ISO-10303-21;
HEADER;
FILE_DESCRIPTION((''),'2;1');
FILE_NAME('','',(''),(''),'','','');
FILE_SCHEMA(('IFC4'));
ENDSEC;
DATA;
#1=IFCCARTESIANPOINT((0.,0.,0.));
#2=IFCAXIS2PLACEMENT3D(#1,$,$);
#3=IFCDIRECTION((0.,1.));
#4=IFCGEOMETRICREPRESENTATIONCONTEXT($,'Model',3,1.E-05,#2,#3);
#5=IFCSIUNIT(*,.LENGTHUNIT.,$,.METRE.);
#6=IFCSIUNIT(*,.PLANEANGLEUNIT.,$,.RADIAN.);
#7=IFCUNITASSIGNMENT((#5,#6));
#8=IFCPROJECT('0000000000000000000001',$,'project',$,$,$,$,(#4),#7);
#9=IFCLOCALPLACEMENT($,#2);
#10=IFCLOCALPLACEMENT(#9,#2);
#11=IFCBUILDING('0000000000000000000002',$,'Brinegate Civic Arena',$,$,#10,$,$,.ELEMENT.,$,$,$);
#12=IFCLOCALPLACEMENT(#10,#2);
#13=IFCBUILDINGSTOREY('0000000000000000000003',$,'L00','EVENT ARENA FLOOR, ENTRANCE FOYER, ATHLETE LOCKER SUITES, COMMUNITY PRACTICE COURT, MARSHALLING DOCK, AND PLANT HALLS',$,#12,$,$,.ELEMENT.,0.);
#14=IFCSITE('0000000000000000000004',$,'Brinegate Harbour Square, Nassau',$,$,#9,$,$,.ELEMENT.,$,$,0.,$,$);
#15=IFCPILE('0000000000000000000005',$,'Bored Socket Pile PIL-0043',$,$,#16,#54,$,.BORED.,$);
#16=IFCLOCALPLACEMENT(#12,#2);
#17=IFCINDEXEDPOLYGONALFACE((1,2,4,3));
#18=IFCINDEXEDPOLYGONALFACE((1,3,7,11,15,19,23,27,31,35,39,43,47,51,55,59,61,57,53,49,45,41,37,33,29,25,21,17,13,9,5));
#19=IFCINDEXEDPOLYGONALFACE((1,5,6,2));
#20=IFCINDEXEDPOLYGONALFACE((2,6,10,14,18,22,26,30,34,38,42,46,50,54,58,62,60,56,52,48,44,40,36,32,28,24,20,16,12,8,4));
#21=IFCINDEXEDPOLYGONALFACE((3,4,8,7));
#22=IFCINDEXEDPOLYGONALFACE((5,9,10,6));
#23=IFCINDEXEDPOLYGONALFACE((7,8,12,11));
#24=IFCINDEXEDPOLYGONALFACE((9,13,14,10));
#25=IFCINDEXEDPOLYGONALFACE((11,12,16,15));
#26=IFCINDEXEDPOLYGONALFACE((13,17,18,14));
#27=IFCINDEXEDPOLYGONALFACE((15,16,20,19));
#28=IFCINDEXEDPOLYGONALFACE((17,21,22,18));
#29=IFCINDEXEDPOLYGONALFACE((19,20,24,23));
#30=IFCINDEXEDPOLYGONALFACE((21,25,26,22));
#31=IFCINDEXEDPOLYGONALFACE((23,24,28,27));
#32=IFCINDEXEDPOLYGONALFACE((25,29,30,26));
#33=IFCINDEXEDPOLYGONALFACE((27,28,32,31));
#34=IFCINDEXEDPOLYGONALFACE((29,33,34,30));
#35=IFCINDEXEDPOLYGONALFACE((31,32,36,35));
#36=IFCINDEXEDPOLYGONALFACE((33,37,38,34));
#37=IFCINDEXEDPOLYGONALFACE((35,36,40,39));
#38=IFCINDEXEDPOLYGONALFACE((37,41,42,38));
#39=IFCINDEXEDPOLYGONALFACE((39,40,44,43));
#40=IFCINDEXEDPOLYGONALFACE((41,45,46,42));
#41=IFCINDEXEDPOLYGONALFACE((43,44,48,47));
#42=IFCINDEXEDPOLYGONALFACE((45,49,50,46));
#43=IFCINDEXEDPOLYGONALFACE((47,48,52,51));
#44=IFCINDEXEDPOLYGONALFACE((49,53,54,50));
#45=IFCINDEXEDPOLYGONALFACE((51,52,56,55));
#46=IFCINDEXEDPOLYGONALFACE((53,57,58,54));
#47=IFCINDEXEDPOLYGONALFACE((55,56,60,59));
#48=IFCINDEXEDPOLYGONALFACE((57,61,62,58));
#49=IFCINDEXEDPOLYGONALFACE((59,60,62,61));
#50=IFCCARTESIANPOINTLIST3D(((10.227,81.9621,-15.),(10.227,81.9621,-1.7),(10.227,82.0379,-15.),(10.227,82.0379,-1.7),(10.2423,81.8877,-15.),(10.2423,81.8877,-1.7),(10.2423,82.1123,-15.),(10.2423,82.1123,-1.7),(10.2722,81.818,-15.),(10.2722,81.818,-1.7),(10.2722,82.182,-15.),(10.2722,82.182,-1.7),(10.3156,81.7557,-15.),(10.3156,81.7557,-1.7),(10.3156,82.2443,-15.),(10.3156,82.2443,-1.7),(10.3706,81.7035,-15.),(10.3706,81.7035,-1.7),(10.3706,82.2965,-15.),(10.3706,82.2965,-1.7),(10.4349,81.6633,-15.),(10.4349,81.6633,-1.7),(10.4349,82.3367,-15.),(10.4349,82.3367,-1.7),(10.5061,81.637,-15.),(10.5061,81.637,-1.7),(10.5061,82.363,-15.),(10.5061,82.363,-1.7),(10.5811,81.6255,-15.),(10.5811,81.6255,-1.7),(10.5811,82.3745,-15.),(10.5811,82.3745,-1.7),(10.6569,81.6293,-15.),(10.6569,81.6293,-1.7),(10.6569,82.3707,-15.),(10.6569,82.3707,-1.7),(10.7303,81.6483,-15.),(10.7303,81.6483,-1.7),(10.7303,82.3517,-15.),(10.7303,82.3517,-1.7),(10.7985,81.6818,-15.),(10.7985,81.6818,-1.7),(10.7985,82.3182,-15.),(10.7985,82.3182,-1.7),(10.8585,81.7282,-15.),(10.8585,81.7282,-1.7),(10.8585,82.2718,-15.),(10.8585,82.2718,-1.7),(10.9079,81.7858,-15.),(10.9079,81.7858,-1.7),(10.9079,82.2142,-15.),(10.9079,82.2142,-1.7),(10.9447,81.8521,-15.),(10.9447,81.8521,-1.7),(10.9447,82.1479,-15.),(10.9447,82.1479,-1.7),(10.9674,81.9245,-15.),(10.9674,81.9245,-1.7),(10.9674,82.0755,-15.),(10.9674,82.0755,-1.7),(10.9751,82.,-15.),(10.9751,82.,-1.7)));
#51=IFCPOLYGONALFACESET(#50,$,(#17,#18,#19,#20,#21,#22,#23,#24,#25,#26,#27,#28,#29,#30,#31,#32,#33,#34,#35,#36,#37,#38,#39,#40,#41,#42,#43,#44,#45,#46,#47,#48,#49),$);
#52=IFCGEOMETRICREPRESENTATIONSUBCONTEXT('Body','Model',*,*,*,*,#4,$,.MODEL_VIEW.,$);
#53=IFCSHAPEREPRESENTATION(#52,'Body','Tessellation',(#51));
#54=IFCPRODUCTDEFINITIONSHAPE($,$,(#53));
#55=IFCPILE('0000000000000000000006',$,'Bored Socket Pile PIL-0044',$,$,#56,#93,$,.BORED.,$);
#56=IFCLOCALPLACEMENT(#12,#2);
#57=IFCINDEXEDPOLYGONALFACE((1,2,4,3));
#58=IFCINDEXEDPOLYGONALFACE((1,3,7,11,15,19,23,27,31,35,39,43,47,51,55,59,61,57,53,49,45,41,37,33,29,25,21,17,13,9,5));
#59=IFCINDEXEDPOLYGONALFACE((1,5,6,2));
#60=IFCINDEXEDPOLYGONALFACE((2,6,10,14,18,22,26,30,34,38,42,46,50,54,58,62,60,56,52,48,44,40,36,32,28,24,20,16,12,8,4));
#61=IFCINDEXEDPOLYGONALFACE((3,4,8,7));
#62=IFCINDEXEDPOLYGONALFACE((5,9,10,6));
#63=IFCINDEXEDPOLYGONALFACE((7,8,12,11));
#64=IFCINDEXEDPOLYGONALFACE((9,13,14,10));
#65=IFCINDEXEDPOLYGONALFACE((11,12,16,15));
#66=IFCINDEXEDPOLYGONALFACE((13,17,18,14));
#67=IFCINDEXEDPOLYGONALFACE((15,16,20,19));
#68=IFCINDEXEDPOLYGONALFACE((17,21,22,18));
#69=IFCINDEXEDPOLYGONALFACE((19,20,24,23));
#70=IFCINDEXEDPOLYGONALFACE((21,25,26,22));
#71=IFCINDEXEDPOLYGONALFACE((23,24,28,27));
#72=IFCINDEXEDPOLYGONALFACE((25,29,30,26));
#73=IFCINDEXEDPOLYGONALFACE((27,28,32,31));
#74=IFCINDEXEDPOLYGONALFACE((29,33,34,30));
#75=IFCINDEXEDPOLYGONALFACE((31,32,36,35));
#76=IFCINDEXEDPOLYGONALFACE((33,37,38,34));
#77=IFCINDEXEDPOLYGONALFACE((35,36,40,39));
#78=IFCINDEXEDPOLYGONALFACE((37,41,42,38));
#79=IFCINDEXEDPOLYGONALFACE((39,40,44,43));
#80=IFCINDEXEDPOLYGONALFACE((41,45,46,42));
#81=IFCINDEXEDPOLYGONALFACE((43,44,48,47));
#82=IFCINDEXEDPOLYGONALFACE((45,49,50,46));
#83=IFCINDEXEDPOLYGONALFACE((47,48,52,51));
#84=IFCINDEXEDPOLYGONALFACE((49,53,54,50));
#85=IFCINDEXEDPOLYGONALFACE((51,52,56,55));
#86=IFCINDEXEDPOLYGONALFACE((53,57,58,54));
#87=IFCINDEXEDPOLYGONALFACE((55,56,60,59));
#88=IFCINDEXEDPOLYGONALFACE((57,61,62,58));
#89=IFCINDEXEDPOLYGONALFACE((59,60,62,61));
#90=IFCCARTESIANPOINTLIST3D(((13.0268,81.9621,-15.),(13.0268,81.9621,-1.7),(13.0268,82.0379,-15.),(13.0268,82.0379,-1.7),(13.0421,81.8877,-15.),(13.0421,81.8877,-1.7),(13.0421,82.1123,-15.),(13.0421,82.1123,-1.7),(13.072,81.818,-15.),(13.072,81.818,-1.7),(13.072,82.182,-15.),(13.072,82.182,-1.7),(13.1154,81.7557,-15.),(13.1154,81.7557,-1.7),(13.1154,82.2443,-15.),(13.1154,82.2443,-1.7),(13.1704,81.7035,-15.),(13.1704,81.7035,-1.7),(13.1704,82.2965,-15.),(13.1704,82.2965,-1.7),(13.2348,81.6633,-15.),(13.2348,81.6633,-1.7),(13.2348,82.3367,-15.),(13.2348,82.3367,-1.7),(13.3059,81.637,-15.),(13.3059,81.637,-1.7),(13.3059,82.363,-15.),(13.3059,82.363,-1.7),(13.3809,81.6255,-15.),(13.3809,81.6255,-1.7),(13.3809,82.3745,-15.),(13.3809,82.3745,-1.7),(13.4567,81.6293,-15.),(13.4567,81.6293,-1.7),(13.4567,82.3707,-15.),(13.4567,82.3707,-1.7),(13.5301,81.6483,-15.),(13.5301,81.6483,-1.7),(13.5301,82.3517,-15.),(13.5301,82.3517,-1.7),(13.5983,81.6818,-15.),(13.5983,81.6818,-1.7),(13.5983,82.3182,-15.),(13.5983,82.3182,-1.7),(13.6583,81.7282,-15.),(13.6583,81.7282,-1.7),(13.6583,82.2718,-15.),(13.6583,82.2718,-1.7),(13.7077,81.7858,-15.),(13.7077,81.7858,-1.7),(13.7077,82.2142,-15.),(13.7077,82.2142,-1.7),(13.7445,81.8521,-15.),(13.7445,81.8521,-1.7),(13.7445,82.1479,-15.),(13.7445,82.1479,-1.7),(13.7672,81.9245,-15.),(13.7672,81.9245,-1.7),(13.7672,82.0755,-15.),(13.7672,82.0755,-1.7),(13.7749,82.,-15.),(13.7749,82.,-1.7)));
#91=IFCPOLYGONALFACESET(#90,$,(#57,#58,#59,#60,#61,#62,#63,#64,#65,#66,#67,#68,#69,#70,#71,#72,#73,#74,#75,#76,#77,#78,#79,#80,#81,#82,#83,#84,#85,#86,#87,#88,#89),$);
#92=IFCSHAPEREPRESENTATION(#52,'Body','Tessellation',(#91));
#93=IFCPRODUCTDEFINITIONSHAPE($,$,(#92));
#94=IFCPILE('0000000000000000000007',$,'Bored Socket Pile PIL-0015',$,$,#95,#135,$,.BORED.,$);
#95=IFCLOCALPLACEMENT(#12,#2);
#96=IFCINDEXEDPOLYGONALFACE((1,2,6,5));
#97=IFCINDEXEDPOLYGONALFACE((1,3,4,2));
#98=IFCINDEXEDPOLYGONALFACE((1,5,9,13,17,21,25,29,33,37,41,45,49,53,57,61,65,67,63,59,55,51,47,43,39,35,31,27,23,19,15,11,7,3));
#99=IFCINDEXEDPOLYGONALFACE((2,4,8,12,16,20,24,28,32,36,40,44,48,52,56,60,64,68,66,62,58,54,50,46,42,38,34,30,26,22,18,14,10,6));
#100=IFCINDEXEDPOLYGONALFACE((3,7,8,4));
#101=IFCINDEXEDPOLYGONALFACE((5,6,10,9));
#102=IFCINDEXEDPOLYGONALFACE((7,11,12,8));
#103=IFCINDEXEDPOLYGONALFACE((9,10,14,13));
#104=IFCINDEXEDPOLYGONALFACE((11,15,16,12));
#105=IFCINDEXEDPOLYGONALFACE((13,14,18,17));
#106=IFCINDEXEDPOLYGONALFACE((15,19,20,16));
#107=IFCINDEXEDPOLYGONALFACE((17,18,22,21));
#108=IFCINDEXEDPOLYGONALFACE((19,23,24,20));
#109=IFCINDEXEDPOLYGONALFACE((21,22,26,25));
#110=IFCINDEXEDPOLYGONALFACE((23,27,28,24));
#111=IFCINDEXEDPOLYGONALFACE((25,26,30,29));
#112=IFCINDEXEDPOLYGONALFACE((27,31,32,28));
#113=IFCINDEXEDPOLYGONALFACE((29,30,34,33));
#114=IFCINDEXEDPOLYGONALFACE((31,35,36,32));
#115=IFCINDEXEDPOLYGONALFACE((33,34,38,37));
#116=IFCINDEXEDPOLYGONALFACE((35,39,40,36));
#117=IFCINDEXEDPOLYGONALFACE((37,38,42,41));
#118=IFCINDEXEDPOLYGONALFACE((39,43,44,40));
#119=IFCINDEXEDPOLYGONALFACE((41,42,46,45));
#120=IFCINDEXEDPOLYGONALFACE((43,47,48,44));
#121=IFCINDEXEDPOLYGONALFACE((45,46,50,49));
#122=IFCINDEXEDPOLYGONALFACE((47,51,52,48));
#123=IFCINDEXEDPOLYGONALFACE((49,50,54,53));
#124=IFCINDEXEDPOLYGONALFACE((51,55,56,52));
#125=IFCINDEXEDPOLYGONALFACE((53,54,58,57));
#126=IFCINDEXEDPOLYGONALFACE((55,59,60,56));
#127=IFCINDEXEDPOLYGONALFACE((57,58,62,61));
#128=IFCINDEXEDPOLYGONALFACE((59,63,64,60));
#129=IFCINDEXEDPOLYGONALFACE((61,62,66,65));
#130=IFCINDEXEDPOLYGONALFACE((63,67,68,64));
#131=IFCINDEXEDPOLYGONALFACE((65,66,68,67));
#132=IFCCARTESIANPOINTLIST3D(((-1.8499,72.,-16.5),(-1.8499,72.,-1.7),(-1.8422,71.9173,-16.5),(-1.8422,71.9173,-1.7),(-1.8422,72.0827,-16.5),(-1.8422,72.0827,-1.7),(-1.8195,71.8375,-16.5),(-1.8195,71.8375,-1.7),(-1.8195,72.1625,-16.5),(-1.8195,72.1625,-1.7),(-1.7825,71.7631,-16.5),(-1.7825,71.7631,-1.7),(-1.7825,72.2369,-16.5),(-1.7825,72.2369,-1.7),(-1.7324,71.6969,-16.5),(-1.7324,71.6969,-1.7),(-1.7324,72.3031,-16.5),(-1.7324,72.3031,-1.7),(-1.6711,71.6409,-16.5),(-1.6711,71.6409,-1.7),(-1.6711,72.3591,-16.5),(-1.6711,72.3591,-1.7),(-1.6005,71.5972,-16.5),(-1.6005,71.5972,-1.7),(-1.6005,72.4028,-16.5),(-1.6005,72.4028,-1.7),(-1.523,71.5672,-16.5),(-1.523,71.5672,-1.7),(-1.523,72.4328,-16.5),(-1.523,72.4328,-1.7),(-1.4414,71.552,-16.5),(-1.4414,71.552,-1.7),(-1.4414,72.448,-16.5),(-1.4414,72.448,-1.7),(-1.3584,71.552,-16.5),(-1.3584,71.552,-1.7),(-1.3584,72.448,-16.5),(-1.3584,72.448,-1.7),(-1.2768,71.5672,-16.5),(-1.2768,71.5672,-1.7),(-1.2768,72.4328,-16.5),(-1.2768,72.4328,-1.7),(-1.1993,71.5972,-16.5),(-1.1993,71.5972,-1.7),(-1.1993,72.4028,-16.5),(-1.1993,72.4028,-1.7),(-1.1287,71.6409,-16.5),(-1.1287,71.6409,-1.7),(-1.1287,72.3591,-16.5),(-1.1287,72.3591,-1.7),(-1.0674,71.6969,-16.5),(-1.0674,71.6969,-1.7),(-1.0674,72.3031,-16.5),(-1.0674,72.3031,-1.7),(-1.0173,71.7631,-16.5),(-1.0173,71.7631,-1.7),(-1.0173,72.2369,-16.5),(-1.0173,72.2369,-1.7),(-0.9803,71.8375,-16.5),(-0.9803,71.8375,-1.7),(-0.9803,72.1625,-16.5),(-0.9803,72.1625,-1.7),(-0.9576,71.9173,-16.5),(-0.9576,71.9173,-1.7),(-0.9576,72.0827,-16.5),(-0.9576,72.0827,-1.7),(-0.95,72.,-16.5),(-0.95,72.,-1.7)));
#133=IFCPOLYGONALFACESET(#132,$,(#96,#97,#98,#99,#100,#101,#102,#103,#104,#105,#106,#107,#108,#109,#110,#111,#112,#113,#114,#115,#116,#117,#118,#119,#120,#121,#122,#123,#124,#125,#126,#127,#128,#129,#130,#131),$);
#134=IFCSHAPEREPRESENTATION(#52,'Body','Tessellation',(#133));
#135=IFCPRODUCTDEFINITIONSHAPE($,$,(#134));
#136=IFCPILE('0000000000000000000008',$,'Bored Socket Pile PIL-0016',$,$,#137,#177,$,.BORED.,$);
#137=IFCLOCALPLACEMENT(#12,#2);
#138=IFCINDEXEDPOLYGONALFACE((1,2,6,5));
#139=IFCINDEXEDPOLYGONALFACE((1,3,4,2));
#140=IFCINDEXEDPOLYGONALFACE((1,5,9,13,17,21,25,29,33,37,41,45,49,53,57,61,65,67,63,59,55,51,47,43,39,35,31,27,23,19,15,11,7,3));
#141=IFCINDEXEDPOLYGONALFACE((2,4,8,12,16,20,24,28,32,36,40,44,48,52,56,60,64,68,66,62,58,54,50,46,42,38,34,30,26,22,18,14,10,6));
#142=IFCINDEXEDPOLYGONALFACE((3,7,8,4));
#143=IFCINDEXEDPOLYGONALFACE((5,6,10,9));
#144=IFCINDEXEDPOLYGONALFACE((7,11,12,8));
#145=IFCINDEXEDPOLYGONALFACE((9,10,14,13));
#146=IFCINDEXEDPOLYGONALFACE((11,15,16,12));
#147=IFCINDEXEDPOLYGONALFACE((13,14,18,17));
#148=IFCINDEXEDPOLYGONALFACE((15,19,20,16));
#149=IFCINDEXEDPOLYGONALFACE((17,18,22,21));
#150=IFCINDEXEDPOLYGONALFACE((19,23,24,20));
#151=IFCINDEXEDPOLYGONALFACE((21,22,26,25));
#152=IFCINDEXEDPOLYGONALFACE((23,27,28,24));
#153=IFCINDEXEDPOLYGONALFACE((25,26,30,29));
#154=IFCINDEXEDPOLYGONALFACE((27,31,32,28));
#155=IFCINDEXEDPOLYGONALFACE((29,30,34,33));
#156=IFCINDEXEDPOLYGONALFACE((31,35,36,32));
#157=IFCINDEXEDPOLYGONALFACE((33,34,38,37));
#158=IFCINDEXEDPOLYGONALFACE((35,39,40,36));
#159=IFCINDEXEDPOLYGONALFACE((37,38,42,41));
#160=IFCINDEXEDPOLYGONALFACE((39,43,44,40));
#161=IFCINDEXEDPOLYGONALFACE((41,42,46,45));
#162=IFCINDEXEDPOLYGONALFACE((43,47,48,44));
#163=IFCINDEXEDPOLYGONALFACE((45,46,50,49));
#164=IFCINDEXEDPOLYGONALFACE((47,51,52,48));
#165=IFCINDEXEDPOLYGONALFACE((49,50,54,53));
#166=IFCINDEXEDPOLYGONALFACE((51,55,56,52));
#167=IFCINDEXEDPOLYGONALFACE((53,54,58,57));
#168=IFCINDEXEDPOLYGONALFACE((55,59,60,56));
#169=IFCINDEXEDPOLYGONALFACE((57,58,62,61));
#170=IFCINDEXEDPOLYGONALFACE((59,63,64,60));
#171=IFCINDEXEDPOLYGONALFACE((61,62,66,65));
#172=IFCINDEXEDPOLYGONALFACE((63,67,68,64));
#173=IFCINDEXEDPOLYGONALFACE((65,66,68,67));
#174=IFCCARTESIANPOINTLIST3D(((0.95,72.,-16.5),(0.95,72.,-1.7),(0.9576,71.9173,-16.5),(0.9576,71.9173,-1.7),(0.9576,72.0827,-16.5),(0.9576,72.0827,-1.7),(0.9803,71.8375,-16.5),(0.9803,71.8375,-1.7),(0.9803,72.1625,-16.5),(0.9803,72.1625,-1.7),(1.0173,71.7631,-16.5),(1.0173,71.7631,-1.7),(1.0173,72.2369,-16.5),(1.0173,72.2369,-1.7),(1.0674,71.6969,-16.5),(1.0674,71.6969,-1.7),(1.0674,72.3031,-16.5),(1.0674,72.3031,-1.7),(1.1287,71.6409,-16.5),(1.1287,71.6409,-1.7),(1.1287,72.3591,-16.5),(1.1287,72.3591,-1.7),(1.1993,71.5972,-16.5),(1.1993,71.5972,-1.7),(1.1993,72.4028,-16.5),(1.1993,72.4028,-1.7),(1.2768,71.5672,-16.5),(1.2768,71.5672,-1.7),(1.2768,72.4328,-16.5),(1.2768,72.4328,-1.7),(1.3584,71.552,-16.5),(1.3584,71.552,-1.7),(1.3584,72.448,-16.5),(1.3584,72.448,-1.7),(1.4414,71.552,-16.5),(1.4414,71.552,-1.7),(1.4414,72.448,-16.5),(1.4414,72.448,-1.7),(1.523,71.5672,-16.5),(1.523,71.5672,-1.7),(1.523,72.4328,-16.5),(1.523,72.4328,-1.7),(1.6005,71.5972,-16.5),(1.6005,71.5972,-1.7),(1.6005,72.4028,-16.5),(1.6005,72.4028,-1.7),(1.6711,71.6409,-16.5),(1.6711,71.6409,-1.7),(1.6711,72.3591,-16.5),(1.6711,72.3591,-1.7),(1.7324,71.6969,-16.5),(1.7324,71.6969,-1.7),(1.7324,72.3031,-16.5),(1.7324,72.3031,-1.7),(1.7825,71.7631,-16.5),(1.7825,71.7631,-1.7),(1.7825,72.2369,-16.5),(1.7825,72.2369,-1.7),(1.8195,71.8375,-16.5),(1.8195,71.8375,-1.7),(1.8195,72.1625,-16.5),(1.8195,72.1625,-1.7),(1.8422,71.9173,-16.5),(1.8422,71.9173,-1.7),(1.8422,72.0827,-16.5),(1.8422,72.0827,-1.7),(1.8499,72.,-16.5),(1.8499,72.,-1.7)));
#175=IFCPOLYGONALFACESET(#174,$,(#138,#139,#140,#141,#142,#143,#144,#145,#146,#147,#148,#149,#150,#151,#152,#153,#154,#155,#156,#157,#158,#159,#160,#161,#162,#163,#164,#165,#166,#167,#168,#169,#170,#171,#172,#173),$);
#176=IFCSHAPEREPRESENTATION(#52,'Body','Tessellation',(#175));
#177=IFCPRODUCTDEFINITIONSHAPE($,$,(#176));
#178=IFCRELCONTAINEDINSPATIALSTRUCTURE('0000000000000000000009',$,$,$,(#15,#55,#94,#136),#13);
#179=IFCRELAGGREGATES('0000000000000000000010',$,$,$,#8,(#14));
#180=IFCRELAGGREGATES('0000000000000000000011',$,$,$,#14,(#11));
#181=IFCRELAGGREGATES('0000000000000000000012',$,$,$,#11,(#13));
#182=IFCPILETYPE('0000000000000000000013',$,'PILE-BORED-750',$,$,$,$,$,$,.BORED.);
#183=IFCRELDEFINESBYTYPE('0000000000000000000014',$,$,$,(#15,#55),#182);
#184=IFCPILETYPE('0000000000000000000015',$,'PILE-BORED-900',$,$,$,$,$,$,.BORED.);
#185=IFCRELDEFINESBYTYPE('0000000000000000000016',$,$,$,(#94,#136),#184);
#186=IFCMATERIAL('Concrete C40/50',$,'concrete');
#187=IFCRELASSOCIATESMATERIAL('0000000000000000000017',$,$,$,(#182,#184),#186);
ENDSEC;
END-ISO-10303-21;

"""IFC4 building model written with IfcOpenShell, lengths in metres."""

from ifc_helpers import new_model, si_unit, direction, frame, origin, origin_2d, place, context, subcontext, project, spatial, circle, extrude, material, material_profile, profile_set, type_object, element, save


model = new_model("IFC4")

# Units and contexts
model_context = context("Model", 3, precision=1e-05, world=origin(), true_north=direction((0.0, 1.0)))
body_context = subcontext(model_context, "Body", "Model", "MODEL_VIEW")
ifc_project = project(units=[si_unit("LENGTHUNIT", "METRE"), si_unit("PLANEANGLEUNIT", "RADIAN")], contexts=[model_context])

# Site, building, storey
site_placement = place(None, origin())
site = spatial("IfcSite", under=ifc_project, at=site_placement, Name="Brinegate Harbour Square, Nassau", CompositionType="ELEMENT", RefElevation=0.0)
building_placement = place(site_placement, origin())
building = spatial("IfcBuilding", under=site, at=building_placement, Name="Brinegate Civic Arena", CompositionType="ELEMENT")
storey_placement = place(building_placement, origin())
storey = spatial("IfcBuildingStorey", under=building, at=storey_placement, Name="L00", Description="EVENT ARENA FLOOR, ENTRANCE FOYER, ATHLETE LOCKER SUITES, COMMUNITY PRACTICE COURT, MARSHALLING DOCK, AND PLANT HALLS", CompositionType="ELEMENT", Elevation=0.0)

# Shared definitions
ifc_material_1 = material(Name="Concrete C40/50", Category="concrete")

# Piles
ifc_material_profile_1 = material_profile(ifc_material_1, circle(Radius=0.375, at=origin_2d()), Name="PILED750")
ifc_profile_set_1 = profile_set([ifc_material_profile_1], Name="Concrete C40/50")
pile_type_1 = type_object("IfcPileType", Name="PILE-BORED-750", PredefinedType="BORED", material=ifc_profile_set_1)
for number, where, z_axis, x_axis, name in (
    (1, (10.6001, 82.0, -1.7), (0.0, 0.0, -1.0), (1.0, 0.0, 0.0), "Bored Socket Pile PIL-0043"),
    (2, (13.3999, 82.0, -1.7), (0.0, 0.0, -1.0), (1.0, 0.0, 0.0), "Bored Socket Pile PIL-0044"),
):
    element("IfcPile", number, at=place(storey_placement, frame(where, z_axis=z_axis, x_axis=x_axis)), inside=storey, type_object=pile_type_1, Name=name, PredefinedType="BORED", context=body_context, shape_type="SweptSolid", body=[
        extrude(circle(Radius=0.375, at=origin_2d()), origin(), (0.0, 0.0, 1.0), 13.3),
    ])
ifc_material_profile_2 = material_profile(ifc_material_1, circle(Radius=0.45, at=origin_2d()), Name="PILED900")
ifc_profile_set_2 = profile_set([ifc_material_profile_2], Name="Concrete C40/50")
pile_type_2 = type_object("IfcPileType", Name="PILE-BORED-900", PredefinedType="BORED", material=ifc_profile_set_2)
for number, where, z_axis, x_axis, name in (
    (3, (-1.3999, 72.0, -1.7), (0.0, 0.0, -1.0), (1.0, 0.0, 0.0), "Bored Socket Pile PIL-0015"),
    (4, (1.3999, 72.0, -1.7), (0.0, 0.0, -1.0), (1.0, 0.0, 0.0), "Bored Socket Pile PIL-0016"),
):
    element("IfcPile", number, at=place(storey_placement, frame(where, z_axis=z_axis, x_axis=x_axis)), inside=storey, type_object=pile_type_2, Name=name, PredefinedType="BORED", context=body_context, shape_type="SweptSolid", body=[
        extrude(circle(Radius=0.45, at=origin_2d()), origin(), (0.0, 0.0, 1.0), 14.8),
    ])

save(model, "model.ifc")
